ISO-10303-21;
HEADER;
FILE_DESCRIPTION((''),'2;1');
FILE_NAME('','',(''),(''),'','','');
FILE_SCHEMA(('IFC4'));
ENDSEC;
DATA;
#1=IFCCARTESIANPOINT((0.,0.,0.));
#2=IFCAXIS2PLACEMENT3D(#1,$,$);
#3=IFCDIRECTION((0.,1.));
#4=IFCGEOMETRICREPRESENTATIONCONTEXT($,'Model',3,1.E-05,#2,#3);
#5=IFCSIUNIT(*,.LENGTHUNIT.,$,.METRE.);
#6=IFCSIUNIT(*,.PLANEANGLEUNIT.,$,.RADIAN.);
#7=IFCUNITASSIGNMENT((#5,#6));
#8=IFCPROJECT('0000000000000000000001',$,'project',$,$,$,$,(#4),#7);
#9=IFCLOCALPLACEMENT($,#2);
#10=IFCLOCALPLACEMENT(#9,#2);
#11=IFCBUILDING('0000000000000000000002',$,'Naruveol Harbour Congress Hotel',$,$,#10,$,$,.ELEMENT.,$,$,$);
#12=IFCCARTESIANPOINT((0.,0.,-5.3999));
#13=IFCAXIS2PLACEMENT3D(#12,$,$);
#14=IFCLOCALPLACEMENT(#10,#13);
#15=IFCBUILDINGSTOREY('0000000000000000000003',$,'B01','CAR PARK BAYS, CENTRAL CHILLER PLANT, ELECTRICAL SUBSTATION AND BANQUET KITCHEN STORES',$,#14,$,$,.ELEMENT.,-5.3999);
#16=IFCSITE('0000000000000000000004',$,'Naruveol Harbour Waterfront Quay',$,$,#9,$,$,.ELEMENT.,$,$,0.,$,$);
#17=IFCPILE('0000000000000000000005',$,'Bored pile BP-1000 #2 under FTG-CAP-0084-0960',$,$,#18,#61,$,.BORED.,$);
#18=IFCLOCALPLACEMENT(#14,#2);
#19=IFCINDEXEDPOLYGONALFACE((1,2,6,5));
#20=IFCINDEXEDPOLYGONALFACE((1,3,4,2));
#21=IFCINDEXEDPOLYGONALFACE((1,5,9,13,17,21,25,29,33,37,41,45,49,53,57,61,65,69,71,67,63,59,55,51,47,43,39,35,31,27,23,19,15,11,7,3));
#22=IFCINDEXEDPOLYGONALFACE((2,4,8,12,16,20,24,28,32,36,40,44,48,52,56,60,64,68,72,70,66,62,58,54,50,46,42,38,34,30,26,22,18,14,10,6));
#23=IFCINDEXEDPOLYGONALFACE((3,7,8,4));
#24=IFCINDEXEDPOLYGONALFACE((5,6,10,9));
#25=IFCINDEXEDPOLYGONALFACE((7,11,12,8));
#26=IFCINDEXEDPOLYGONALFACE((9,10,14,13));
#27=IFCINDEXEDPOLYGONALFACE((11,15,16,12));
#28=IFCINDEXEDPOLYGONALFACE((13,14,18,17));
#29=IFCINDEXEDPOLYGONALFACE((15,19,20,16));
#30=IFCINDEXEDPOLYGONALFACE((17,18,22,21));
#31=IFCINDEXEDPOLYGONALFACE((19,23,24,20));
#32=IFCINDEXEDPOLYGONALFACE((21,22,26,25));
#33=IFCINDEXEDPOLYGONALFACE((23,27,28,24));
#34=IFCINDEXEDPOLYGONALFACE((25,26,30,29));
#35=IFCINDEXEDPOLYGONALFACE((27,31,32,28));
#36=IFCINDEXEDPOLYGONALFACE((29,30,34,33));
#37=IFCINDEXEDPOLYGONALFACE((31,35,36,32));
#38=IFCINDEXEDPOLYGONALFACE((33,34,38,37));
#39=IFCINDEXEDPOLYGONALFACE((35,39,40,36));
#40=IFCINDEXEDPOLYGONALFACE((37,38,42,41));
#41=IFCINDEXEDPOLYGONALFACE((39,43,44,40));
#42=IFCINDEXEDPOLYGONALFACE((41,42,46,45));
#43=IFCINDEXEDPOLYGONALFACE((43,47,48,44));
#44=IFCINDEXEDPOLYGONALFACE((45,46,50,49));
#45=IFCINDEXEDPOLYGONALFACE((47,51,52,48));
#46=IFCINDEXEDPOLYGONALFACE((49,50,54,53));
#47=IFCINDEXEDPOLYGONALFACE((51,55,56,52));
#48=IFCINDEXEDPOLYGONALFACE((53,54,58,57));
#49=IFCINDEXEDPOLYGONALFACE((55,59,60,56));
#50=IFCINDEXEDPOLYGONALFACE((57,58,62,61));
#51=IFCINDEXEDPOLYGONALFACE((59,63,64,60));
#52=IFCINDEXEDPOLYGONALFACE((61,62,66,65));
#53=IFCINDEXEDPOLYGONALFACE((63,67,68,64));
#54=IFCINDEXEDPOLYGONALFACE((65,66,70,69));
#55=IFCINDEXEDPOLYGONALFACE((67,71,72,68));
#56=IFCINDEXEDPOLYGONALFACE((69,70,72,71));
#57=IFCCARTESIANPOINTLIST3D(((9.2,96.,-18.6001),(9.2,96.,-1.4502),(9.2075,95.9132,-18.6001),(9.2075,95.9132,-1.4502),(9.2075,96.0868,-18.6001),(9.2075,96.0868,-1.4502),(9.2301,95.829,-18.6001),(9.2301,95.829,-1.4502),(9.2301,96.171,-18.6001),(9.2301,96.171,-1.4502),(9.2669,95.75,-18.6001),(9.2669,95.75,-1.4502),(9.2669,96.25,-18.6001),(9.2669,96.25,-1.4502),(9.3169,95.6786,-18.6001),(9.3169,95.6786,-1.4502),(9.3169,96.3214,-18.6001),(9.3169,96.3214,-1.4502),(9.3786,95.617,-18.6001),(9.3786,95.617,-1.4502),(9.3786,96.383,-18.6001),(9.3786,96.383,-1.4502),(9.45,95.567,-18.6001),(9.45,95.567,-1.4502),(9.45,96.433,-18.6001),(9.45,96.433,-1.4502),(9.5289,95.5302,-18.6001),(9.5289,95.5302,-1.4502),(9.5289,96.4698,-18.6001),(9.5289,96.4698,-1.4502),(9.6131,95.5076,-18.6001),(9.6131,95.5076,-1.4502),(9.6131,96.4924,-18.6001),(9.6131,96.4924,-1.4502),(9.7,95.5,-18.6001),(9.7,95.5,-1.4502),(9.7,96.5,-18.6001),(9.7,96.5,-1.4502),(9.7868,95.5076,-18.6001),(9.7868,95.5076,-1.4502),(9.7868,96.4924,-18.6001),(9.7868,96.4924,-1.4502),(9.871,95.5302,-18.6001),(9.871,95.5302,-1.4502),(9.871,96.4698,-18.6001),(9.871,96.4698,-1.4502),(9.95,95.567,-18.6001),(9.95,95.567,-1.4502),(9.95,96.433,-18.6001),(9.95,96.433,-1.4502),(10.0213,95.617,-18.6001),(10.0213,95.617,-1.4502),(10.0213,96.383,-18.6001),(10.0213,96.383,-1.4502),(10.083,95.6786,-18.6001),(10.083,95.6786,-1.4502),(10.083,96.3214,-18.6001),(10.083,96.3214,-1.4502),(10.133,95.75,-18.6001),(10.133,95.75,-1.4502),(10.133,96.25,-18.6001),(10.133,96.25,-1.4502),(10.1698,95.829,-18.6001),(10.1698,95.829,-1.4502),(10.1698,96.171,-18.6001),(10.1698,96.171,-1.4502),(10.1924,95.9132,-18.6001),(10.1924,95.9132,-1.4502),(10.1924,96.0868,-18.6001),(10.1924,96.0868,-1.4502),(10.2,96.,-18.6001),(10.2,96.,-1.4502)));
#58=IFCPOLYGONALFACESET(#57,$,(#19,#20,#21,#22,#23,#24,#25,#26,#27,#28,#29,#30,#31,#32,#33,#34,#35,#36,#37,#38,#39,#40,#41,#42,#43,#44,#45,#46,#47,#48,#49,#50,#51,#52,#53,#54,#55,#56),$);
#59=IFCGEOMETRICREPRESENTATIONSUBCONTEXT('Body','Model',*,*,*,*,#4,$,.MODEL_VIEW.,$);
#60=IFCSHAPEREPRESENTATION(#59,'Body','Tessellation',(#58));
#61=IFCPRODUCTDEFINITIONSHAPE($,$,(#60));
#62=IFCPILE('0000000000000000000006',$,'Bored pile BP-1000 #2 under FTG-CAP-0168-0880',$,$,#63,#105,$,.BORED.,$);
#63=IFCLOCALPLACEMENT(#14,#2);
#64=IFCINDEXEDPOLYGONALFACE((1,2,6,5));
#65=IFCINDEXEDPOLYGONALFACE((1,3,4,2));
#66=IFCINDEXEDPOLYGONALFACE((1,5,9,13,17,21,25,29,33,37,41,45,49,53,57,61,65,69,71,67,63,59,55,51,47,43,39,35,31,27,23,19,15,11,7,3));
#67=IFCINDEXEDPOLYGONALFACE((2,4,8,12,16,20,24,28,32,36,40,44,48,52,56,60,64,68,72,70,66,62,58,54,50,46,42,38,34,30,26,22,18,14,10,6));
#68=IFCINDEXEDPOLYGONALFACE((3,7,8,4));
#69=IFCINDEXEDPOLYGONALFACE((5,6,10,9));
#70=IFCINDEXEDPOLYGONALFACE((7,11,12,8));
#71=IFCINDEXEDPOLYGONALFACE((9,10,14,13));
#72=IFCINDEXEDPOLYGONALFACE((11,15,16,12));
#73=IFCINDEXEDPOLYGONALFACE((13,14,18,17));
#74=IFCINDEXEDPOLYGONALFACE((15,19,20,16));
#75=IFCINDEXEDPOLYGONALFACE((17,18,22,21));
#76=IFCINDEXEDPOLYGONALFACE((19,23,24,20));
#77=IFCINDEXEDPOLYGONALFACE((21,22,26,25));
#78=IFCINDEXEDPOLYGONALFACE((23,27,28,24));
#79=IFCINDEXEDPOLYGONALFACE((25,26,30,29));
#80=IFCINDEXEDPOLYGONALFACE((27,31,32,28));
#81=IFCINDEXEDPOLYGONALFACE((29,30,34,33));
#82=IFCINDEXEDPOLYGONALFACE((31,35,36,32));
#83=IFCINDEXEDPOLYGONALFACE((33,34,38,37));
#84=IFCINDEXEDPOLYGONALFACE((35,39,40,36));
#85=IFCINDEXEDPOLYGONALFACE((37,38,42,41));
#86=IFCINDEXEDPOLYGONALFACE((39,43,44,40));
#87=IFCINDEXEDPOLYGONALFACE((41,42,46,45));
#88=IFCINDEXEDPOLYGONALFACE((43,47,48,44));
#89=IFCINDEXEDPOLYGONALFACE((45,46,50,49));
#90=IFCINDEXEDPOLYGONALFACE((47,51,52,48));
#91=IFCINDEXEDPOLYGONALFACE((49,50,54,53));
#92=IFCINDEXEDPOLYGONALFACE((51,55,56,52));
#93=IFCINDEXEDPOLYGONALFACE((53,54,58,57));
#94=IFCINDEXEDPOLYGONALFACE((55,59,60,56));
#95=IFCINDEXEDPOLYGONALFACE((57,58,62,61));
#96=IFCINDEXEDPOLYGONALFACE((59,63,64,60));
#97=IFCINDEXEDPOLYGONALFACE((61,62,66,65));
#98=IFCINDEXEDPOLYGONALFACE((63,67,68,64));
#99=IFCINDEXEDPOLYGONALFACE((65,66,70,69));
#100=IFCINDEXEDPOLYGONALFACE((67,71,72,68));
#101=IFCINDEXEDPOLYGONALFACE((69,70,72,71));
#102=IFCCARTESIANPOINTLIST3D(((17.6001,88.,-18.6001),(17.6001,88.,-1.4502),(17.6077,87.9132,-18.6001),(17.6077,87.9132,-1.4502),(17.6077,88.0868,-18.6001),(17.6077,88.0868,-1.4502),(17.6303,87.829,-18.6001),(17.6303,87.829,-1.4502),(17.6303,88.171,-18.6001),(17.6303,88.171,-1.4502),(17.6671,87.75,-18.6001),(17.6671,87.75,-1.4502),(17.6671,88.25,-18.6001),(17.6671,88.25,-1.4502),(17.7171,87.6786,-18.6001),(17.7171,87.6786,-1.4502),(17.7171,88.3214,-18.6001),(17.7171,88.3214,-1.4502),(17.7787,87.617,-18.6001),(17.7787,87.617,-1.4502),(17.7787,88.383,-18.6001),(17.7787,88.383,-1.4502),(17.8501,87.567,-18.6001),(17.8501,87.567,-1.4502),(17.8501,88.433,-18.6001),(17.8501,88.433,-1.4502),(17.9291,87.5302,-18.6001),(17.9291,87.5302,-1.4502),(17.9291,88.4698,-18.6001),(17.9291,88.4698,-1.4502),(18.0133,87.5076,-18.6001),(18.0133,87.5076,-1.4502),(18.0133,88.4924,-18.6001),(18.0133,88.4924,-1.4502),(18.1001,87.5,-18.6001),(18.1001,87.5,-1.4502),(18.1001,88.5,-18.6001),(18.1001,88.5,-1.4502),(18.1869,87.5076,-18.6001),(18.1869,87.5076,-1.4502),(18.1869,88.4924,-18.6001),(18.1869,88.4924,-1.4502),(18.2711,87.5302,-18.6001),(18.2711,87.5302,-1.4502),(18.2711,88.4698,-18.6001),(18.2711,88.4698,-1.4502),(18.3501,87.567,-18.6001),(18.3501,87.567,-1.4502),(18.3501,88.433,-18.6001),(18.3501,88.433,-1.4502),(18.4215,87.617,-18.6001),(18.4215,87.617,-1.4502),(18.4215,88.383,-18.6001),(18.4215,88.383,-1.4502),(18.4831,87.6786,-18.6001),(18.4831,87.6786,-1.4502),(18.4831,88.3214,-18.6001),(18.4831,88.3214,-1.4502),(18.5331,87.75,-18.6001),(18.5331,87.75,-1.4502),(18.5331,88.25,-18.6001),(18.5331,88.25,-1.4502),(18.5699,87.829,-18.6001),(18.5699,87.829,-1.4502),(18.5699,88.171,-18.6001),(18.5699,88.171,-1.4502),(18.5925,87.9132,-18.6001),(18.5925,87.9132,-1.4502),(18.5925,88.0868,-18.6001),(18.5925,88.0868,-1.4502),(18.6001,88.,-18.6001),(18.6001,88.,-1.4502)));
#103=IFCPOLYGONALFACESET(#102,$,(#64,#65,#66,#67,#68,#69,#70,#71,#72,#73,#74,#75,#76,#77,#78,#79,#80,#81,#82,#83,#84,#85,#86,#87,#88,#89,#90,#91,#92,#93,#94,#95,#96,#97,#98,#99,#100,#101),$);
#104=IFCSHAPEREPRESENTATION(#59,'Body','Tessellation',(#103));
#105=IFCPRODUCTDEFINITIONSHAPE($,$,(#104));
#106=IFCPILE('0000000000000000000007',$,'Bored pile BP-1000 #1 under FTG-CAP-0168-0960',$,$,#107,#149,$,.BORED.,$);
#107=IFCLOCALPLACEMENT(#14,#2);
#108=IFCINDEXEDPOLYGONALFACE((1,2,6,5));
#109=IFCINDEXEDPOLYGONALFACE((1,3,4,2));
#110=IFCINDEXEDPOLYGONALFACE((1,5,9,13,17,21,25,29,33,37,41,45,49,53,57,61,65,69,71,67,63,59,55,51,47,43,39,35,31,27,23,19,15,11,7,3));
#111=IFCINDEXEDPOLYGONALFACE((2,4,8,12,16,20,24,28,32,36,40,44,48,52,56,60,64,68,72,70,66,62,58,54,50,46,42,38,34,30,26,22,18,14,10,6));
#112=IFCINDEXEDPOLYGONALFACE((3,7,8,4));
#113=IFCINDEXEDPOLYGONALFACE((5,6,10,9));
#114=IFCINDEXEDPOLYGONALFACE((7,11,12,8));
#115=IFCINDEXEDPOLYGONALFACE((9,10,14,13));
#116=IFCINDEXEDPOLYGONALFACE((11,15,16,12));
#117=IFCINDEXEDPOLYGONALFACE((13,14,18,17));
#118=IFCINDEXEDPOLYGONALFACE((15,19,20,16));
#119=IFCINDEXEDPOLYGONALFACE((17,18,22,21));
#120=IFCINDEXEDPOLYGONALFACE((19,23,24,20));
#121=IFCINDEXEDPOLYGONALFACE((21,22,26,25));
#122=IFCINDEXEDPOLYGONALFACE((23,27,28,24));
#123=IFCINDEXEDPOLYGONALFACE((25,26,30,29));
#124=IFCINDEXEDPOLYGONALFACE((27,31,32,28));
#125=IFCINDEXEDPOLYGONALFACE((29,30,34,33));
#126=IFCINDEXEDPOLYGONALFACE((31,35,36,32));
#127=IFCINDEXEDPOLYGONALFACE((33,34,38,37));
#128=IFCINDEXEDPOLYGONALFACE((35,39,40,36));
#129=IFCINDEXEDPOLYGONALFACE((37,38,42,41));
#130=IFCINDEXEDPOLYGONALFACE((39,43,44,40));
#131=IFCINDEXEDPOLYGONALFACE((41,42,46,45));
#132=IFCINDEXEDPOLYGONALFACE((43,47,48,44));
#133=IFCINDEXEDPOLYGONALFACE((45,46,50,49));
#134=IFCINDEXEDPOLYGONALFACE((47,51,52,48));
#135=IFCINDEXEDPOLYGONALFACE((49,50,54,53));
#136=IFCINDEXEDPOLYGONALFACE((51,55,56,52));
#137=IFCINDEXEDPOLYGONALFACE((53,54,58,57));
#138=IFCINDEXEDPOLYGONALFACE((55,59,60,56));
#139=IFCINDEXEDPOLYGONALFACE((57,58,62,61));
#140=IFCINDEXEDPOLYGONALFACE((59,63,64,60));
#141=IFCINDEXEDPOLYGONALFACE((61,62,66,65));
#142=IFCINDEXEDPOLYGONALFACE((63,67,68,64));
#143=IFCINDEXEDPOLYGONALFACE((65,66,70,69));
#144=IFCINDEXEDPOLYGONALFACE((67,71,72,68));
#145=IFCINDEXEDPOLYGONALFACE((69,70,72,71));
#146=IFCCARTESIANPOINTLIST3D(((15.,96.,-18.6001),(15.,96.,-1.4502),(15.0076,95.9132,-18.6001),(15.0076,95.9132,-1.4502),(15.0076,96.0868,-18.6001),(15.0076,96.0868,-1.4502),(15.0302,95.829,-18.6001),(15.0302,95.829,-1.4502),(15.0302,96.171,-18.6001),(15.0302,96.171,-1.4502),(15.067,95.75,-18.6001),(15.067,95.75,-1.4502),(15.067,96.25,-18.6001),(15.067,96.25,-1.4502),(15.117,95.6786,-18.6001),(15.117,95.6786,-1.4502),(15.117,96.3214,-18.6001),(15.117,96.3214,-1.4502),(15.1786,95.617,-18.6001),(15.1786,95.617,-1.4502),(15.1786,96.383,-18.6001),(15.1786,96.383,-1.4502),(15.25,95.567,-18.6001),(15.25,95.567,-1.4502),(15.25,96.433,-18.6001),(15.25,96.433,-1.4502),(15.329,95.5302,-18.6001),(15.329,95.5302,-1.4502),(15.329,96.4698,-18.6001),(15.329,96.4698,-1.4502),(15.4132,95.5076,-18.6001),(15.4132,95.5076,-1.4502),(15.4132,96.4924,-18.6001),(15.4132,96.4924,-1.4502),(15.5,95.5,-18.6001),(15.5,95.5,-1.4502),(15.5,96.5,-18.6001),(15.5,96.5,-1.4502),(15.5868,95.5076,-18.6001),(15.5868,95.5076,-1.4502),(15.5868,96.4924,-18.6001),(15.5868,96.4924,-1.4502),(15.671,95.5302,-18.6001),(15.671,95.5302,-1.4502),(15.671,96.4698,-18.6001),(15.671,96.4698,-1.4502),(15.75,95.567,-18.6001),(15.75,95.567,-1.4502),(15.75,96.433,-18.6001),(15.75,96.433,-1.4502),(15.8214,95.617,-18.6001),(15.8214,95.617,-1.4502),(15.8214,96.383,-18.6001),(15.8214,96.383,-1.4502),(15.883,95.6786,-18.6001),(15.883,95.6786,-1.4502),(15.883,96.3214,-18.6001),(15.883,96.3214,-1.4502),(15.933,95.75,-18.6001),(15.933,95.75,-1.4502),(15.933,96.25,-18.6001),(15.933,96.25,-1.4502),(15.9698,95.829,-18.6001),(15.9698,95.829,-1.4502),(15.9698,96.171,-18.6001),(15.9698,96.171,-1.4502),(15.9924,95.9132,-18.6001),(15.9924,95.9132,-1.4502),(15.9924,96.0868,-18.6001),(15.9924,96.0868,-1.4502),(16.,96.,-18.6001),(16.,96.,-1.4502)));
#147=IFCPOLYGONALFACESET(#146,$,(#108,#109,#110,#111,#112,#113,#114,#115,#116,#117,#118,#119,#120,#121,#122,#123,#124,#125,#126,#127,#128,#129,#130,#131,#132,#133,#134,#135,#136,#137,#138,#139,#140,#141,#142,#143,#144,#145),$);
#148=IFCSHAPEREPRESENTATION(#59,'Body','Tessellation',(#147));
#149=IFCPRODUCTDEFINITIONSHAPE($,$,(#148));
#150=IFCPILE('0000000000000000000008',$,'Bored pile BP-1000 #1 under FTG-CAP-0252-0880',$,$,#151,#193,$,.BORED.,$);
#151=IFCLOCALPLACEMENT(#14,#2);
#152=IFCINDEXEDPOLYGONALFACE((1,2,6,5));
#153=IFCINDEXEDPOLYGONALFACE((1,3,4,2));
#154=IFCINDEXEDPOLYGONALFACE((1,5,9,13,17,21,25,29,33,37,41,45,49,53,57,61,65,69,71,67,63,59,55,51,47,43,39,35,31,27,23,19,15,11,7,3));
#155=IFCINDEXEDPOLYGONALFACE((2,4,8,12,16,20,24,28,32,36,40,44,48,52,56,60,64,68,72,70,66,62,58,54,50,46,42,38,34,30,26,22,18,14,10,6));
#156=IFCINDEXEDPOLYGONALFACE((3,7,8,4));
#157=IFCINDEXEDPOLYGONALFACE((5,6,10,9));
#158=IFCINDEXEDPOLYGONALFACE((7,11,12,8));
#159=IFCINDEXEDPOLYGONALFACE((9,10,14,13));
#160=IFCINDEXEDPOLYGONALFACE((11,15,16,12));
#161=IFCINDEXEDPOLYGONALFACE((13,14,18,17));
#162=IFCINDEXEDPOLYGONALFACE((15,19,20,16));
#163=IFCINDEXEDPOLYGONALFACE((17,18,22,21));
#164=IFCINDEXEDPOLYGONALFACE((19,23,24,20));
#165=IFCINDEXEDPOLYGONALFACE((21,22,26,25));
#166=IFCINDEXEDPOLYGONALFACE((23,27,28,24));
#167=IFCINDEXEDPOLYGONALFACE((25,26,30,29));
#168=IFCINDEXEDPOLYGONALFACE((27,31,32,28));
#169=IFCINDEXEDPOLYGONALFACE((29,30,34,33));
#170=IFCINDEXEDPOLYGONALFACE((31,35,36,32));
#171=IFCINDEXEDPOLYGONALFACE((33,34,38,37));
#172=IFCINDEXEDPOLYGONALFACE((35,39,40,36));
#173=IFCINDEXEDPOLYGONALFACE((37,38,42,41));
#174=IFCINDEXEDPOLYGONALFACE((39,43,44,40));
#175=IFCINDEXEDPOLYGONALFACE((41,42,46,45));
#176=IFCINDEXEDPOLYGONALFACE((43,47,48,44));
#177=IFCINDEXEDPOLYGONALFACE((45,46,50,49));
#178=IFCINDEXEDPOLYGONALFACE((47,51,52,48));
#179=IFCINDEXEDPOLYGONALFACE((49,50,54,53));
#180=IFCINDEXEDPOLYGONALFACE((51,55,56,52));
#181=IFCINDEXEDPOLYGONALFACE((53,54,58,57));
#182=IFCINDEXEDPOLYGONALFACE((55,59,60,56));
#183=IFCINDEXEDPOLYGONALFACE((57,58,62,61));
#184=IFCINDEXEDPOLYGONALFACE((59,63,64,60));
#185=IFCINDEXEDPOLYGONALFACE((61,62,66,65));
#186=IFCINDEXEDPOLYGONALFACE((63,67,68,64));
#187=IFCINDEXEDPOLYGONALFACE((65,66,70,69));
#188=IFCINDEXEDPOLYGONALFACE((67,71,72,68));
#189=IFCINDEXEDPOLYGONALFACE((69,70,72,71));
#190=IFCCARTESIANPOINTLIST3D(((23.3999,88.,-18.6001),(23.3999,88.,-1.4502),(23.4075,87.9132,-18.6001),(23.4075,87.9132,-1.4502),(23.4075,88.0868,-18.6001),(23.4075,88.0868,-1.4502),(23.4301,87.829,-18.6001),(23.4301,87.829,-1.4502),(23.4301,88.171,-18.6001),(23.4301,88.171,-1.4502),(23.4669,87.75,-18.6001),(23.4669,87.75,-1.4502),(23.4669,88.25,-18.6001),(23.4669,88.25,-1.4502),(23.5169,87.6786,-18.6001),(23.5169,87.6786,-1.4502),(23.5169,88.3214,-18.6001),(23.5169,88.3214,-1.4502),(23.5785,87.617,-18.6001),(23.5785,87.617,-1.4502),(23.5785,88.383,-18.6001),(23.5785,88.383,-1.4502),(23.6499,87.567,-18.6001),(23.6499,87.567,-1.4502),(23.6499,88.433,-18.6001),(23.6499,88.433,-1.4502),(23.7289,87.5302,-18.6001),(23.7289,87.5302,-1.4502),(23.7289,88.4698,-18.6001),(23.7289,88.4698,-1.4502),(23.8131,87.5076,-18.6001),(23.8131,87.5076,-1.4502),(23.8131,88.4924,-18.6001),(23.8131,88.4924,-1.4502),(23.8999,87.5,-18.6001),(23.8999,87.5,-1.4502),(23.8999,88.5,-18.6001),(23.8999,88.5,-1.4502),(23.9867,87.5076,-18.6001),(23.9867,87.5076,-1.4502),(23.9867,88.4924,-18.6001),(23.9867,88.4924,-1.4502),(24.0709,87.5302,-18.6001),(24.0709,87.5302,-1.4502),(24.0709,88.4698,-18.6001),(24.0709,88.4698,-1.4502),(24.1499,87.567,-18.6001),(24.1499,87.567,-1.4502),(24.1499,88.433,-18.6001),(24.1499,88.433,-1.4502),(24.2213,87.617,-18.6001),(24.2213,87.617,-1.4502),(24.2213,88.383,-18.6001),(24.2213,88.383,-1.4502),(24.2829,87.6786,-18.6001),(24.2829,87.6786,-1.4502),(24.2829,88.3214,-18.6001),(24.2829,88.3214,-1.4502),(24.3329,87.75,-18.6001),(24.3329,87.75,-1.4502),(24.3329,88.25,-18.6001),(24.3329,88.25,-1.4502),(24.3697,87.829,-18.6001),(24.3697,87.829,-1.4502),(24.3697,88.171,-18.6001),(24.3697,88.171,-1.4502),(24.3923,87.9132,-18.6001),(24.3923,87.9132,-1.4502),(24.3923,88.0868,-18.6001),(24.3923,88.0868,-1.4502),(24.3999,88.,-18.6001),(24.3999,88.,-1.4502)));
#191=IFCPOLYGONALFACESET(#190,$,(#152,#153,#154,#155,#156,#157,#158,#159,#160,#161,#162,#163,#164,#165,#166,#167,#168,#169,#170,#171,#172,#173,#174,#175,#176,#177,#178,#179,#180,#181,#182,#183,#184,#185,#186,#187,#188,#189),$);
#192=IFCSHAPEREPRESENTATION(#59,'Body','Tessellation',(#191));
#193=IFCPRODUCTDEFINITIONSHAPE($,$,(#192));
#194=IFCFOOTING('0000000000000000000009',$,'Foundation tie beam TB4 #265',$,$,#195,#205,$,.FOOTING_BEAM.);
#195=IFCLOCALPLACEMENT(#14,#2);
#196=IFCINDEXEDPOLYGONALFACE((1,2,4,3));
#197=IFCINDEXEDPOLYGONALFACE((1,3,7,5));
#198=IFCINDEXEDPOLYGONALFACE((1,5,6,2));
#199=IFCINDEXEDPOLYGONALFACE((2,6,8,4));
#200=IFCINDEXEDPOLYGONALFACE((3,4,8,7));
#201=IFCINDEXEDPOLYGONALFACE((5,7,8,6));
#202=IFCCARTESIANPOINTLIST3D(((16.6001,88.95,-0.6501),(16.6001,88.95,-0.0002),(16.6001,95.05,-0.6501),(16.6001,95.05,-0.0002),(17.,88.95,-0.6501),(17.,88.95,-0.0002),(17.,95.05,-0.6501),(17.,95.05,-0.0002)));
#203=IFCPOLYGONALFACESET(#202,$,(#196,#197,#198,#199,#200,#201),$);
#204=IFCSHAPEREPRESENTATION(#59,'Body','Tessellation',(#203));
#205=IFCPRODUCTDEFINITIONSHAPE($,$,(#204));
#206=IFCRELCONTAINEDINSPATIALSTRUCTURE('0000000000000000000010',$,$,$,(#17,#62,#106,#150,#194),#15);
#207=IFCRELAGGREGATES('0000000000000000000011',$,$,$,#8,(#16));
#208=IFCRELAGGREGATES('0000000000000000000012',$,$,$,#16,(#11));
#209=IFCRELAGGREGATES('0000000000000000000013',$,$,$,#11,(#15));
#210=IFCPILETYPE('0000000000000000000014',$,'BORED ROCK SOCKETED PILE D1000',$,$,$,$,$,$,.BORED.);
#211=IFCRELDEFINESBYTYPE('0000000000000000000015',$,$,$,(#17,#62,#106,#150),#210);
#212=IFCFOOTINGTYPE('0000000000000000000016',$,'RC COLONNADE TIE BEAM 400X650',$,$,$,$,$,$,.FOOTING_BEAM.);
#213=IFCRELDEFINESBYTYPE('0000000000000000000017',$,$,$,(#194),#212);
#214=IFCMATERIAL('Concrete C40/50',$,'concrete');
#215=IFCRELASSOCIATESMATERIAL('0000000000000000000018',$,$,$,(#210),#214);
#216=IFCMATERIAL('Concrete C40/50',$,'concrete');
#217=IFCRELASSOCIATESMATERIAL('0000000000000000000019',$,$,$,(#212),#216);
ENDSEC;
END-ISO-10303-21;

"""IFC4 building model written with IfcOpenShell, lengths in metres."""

from ifc_helpers import new_model, si_unit, direction, frame, origin, origin_2d, place, context, subcontext, project, spatial, rectangle, circle, extrude, material, material_profile, profile_set, type_object, element, save


model = new_model("IFC4")

# Units and contexts
model_context = context("Model", 3, precision=1e-05, world=origin(), true_north=direction((0.0, 1.0)))
body_context = subcontext(model_context, "Body", "Model", "MODEL_VIEW")
ifc_project = project(units=[si_unit("LENGTHUNIT", "METRE"), si_unit("PLANEANGLEUNIT", "RADIAN")], contexts=[model_context])

# Site, building, storey
site_placement = place(None, origin())
site = spatial("IfcSite", under=ifc_project, at=site_placement, Name="Naruveol Harbour Waterfront Quay", CompositionType="ELEMENT", RefElevation=0.0)
building_placement = place(site_placement, origin())
building = spatial("IfcBuilding", under=site, at=building_placement, Name="Naruveol Harbour Congress Hotel", CompositionType="ELEMENT")
storey_placement = place(building_placement, frame((0.0, 0.0, -5.3999)))
storey = spatial("IfcBuildingStorey", under=building, at=storey_placement, Name="B01", Description="CAR PARK BAYS, CENTRAL CHILLER PLANT, ELECTRICAL SUBSTATION AND BANQUET KITCHEN STORES", CompositionType="ELEMENT", Elevation=-5.3999)

# Piles
ifc_material_1 = material(Name="Concrete C40/50", Category="concrete")
ifc_material_profile_1 = material_profile(ifc_material_1, circle(Radius=0.5, at=origin_2d()), Name="BP-1000")
ifc_profile_set_1 = profile_set([ifc_material_profile_1], Name="Concrete C40/50")
pile_type = type_object("IfcPileType", Name="BORED ROCK SOCKETED PILE D1000", PredefinedType="BORED", material=ifc_profile_set_1)
for number, where, z_axis, x_axis, name in (
    (1, (9.7, 96.0, -1.4502), (0.0, 0.0, -1.0), (1.0, 0.0, 0.0), "Bored pile BP-1000 #2 under FTG-CAP-0084-0960"),
    (2, (18.1001, 88.0, -1.4502), (0.0, 0.0, -1.0), (1.0, 0.0, 0.0), "Bored pile BP-1000 #2 under FTG-CAP-0168-0880"),
    (3, (15.5, 96.0, -1.4502), (0.0, 0.0, -1.0), (1.0, 0.0, 0.0), "Bored pile BP-1000 #1 under FTG-CAP-0168-0960"),
    (4, (23.8999, 88.0, -1.4502), (0.0, 0.0, -1.0), (1.0, 0.0, 0.0), "Bored pile BP-1000 #1 under FTG-CAP-0252-0880"),
):
    element("IfcPile", number, at=place(storey_placement, frame(where, z_axis=z_axis, x_axis=x_axis)), inside=storey, type_object=pile_type, Name=name, PredefinedType="BORED", context=body_context, shape_type="SweptSolid", body=[
        extrude(circle(Radius=0.5, at=origin_2d()), origin(), (0.0, 0.0, 1.0), 17.1499),
    ])

# Footing
ifc_material_2 = material(Name="Concrete C40/50", Category="concrete")
ifc_material_profile_2 = material_profile(ifc_material_2, rectangle(XDim=0.3999, YDim=0.6499, at=origin_2d()), Name="RCB-400x650")
ifc_profile_set_2 = profile_set([ifc_material_profile_2], Name="Concrete C40/50")
footing_type_1 = type_object("IfcFootingType", Name="RC COLONNADE TIE BEAM 400X650", PredefinedType="FOOTING_BEAM", material=ifc_profile_set_2)
for number, where, z_axis, x_axis, name in (
    (5, (16.8, 88.95, -0.3252), (0.0, 1.0, 0.0), (-1.0, 0.0, 0.0), "Foundation tie beam TB4 #265"),
):
    element("IfcFooting", number, at=place(storey_placement, frame(where, z_axis=z_axis, x_axis=x_axis)), inside=storey, type_object=footing_type_1, Name=name, PredefinedType="FOOTING_BEAM", context=body_context, shape_type="SweptSolid", body=[
        extrude(rectangle(XDim=0.3999, YDim=0.6499, at=origin_2d()), origin(), (0.0, 0.0, 1.0), 6.1001),
    ])

save(model, "model.ifc")
